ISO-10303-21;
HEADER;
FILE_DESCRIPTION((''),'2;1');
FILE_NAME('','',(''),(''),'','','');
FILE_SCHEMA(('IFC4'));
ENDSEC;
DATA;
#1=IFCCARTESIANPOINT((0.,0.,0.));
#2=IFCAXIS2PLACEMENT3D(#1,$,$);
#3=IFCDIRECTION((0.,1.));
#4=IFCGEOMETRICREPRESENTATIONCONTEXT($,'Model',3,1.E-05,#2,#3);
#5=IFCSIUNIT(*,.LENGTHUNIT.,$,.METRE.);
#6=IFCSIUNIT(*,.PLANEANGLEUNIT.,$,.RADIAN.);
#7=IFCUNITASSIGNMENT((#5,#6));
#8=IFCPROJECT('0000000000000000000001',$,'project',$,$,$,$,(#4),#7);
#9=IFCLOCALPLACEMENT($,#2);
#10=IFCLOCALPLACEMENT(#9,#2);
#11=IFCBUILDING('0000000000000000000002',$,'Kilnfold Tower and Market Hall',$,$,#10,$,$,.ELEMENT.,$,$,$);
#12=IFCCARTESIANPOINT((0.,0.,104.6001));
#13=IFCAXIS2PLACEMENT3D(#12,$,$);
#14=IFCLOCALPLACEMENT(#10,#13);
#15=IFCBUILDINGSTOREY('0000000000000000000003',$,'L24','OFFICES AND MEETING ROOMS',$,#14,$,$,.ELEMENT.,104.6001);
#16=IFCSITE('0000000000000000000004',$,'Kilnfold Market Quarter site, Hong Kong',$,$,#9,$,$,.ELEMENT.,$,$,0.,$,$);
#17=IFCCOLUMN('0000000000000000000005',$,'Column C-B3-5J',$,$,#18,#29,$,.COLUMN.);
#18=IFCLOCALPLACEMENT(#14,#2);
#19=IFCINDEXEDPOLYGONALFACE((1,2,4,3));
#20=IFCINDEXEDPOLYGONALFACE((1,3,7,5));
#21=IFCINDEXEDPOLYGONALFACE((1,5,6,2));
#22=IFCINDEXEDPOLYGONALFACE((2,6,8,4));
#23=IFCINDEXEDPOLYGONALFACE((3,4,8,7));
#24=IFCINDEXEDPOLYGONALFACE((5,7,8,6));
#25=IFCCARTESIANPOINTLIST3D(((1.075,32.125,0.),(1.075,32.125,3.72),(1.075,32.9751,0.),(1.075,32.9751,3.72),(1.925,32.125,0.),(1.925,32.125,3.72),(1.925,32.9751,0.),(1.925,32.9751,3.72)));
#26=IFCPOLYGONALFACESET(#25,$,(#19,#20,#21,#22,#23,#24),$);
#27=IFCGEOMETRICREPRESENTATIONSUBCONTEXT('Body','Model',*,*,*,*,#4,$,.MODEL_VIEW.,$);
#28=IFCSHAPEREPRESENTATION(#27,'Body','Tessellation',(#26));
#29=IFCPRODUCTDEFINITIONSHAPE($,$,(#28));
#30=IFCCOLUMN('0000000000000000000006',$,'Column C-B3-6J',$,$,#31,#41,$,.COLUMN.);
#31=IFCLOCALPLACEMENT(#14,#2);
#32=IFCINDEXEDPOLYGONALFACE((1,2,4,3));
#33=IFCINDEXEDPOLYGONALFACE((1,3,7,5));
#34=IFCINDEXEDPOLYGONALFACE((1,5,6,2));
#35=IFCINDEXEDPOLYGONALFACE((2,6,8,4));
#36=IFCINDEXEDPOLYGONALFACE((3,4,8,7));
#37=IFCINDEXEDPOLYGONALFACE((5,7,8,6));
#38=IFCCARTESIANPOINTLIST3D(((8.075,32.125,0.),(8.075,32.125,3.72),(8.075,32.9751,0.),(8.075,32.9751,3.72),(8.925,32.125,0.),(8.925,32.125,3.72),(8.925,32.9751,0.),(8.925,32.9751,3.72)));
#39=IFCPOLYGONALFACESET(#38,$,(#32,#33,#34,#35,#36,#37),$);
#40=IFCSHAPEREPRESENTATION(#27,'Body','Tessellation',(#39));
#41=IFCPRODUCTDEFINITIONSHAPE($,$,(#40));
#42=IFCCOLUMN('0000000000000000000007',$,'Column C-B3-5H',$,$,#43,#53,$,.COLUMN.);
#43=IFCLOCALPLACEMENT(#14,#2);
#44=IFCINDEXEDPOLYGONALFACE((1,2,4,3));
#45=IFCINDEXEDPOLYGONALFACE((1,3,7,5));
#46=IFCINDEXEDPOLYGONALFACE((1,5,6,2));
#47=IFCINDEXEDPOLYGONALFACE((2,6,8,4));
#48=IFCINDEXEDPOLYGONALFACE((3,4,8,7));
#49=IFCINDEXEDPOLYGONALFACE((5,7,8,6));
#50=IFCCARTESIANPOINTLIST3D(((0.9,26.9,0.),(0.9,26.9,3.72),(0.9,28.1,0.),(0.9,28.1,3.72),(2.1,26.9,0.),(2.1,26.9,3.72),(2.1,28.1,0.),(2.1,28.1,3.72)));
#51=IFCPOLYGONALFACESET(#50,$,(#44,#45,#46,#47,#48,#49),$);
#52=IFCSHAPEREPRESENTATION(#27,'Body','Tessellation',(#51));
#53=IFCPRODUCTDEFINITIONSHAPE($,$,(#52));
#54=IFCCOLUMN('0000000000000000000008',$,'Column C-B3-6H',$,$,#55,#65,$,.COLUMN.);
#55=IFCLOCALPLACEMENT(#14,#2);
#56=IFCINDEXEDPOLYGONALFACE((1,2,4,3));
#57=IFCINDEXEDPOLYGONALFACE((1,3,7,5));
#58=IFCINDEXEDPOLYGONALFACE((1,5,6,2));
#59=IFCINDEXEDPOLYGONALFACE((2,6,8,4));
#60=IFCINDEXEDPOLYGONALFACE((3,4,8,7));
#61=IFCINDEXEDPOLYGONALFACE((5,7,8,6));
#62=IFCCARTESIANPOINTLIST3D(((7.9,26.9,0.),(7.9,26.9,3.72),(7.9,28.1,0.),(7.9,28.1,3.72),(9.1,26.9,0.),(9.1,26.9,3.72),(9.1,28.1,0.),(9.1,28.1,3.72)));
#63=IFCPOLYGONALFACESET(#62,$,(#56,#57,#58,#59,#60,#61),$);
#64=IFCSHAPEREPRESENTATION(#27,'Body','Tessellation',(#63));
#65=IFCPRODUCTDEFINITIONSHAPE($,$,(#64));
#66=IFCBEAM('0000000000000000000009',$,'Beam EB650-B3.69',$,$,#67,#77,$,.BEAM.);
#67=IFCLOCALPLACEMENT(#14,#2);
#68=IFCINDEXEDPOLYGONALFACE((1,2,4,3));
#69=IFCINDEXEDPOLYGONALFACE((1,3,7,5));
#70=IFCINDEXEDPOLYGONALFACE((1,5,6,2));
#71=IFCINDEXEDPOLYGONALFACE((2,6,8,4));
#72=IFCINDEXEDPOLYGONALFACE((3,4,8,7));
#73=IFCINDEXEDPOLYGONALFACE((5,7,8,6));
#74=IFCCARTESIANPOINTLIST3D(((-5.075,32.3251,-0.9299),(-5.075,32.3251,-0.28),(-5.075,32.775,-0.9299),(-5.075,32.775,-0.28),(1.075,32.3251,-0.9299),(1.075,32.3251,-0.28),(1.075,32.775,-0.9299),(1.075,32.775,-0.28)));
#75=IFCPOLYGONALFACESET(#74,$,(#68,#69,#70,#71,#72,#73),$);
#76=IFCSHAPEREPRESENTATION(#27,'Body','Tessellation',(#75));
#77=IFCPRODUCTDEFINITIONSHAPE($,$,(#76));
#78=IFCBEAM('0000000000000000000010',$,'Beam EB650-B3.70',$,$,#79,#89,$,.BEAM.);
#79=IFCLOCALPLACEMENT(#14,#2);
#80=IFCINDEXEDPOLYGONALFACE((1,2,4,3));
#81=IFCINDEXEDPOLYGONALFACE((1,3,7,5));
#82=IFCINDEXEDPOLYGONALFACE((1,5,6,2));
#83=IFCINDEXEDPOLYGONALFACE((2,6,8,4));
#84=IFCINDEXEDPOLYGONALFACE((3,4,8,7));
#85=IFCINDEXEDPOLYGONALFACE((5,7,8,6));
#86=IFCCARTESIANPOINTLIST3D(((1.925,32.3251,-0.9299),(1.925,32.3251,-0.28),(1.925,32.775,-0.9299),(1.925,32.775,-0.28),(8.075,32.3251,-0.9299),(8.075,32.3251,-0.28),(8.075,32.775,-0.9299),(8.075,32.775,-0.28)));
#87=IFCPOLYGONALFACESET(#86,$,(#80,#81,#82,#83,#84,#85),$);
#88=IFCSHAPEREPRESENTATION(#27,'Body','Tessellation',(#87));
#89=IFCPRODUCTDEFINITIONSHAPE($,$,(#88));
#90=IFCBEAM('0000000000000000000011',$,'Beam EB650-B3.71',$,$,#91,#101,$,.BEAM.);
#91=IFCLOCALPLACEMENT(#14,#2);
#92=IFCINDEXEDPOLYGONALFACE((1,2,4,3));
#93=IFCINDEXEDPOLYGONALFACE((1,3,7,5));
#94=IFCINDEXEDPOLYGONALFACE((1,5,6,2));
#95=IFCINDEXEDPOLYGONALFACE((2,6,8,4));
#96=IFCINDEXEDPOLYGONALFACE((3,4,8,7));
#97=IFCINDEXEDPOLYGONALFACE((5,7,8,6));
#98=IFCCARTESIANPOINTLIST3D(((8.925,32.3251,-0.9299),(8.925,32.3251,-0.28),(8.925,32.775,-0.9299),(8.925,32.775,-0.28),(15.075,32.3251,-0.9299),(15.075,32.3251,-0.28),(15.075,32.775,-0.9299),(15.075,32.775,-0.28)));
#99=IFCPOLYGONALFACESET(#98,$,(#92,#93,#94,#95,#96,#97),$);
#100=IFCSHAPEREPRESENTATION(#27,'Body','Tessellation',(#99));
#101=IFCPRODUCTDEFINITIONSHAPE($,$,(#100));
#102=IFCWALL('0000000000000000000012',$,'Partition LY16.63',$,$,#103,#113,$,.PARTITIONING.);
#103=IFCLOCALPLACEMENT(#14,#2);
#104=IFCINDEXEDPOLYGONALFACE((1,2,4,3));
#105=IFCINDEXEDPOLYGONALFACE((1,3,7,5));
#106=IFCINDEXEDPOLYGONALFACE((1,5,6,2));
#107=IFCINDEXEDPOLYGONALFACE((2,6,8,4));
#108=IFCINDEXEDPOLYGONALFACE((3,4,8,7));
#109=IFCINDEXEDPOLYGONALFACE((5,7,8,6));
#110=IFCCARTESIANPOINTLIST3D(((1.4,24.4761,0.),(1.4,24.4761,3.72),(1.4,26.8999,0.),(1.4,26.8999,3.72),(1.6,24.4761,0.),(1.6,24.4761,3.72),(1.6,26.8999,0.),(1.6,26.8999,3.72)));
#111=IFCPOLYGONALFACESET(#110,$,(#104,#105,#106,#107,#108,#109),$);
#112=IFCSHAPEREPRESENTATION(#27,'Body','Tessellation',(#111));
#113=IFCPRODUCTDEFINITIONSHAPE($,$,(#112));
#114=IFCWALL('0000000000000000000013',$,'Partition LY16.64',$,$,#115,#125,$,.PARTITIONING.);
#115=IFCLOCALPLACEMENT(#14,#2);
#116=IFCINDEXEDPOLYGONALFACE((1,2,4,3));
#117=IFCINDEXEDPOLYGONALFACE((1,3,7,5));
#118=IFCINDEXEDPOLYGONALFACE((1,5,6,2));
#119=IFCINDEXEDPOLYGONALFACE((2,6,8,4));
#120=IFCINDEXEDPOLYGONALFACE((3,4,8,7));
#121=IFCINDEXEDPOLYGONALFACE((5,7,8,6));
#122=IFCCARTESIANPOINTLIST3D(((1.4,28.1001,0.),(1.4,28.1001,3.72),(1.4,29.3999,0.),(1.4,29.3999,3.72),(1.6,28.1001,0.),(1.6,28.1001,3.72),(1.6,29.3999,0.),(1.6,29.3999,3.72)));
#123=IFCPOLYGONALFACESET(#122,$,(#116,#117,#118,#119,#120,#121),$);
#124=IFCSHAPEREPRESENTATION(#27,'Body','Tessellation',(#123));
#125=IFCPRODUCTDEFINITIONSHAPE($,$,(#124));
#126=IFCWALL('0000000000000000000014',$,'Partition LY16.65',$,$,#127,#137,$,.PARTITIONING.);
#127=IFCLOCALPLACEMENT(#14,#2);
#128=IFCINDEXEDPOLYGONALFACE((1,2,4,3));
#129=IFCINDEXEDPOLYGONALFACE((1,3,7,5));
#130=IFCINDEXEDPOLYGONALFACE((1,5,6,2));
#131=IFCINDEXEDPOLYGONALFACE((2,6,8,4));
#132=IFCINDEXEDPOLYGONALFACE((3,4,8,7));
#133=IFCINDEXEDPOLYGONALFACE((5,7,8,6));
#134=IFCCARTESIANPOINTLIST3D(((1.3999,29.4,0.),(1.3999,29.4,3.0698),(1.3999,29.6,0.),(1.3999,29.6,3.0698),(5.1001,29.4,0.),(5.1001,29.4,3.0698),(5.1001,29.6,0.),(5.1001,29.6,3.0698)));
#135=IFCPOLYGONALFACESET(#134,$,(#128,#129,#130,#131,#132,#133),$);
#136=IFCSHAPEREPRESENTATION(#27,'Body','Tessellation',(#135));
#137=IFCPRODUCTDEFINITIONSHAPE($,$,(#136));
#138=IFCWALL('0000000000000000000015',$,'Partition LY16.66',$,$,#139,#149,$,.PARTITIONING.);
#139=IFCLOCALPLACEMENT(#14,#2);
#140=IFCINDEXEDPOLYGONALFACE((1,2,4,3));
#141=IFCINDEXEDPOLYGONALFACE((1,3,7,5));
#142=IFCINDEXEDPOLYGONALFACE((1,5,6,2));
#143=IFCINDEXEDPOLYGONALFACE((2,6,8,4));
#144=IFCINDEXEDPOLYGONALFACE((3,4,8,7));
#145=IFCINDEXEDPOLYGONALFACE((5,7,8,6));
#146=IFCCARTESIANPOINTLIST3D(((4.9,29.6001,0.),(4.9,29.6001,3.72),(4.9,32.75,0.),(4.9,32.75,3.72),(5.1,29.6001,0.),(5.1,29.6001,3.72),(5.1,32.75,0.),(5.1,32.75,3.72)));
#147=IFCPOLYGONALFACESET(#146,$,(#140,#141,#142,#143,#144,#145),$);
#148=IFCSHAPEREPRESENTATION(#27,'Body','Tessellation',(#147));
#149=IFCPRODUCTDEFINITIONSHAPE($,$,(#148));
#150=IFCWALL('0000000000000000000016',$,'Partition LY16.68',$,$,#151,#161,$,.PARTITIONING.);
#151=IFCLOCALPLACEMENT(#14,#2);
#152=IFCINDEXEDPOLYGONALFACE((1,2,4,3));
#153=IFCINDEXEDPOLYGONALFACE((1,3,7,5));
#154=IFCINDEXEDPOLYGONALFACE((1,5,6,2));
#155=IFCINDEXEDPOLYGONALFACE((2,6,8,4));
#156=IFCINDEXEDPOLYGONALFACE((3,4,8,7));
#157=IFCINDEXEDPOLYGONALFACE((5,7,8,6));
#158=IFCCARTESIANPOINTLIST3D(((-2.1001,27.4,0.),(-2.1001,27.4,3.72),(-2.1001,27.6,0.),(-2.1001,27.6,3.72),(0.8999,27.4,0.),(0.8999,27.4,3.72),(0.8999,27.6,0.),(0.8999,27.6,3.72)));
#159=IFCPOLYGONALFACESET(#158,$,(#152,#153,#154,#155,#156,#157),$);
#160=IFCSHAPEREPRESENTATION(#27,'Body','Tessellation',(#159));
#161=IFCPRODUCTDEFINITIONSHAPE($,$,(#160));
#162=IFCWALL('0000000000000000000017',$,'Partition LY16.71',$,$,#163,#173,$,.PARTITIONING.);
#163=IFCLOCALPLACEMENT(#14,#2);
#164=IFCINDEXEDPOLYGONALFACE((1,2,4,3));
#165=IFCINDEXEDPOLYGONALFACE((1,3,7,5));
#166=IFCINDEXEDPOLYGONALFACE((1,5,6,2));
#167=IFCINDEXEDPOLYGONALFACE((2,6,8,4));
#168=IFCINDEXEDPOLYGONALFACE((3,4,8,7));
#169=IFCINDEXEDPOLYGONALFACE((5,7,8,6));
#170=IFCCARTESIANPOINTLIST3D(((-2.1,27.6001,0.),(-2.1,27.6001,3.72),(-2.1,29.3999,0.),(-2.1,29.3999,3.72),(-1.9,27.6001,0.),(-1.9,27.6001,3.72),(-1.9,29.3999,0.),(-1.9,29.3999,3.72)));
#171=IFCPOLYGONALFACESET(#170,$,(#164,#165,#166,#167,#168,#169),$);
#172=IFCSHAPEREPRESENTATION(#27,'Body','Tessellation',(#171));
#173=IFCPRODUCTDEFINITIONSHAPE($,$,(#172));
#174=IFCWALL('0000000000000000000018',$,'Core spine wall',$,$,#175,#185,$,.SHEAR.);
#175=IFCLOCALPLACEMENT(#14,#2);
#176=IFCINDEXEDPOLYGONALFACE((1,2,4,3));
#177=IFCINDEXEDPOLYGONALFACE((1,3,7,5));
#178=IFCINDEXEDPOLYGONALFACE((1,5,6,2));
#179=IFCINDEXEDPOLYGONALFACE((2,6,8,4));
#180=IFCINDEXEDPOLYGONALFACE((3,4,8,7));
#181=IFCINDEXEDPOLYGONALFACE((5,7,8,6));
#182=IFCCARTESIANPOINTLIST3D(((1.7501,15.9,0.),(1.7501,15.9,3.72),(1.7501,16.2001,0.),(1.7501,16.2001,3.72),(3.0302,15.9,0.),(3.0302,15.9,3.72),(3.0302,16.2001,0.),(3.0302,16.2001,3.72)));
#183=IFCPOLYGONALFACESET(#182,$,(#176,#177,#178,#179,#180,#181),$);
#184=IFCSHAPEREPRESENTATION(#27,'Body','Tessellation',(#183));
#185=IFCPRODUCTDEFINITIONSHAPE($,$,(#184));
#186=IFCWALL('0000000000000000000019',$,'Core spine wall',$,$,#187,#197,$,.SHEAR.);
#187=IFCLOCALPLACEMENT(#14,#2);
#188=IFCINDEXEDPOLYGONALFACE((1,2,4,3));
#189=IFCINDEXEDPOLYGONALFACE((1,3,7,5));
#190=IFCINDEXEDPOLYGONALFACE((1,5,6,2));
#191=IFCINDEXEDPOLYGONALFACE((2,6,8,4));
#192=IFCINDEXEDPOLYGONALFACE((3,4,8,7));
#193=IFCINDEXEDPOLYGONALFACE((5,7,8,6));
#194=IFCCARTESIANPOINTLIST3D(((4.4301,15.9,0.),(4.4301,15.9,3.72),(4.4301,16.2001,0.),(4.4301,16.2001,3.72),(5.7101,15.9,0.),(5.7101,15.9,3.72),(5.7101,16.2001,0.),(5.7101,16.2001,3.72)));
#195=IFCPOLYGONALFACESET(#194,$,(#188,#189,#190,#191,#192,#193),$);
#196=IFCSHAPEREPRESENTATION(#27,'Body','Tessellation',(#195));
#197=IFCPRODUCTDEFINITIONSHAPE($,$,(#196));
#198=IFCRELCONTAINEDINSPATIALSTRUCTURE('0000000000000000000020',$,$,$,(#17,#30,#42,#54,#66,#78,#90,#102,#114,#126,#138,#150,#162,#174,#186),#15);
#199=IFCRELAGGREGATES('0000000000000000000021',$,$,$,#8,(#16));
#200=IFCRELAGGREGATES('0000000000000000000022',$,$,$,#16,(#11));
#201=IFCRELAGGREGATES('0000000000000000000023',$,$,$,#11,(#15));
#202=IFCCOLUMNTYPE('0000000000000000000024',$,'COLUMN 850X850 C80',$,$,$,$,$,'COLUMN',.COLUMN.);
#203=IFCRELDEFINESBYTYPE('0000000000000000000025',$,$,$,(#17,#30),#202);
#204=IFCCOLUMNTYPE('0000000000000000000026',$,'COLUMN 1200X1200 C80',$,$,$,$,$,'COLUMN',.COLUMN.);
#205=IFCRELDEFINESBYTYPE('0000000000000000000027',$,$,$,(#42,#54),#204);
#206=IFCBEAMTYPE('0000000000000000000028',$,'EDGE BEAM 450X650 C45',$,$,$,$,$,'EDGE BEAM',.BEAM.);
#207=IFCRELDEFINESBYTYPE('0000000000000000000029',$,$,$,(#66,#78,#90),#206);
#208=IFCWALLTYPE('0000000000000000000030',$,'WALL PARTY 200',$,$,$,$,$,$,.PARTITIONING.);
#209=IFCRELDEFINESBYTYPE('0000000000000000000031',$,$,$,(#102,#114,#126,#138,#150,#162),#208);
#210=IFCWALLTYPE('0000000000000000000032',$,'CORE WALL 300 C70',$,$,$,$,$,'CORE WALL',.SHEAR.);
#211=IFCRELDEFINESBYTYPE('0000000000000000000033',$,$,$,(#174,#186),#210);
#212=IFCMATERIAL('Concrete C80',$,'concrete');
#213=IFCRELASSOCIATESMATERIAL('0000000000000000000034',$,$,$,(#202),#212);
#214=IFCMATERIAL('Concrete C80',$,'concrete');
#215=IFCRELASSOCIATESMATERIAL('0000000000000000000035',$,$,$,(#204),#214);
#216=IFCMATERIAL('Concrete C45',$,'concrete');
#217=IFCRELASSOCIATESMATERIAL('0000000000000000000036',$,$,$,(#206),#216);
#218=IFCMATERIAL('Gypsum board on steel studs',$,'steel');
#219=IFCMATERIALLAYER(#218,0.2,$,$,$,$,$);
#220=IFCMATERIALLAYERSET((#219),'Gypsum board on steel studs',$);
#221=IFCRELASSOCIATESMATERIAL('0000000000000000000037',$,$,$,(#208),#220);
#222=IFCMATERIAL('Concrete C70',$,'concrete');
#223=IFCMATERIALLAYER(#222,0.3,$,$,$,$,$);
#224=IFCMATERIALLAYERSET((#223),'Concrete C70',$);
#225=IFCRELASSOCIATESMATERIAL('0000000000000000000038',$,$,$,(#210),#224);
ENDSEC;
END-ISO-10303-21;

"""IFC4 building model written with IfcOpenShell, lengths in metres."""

from ifc_helpers import new_model, si_unit, direction, frame, frame_2d, origin, origin_2d, place, context, subcontext, project, spatial, rectangle, extrude, source, transform, mapped, material, layer, layer_set, material_profile, profile_set, type_object, element, save


model = new_model("IFC4")

# Units and contexts
model_context = context("Model", 3, precision=1e-05, world=origin(), true_north=direction((0.0, 1.0)))
body_context = subcontext(model_context, "Body", "Model", "MODEL_VIEW")
ifc_project = project(units=[si_unit("LENGTHUNIT", "METRE"), si_unit("PLANEANGLEUNIT", "RADIAN")], contexts=[model_context])

# Site, building, storey
site_placement = place(None, origin())
site = spatial("IfcSite", under=ifc_project, at=site_placement, Name="Kilnfold Market Quarter site, Hong Kong", CompositionType="ELEMENT", RefElevation=0.0)
building_placement = place(site_placement, origin())
building = spatial("IfcBuilding", under=site, at=building_placement, Name="Kilnfold Tower and Market Hall", CompositionType="ELEMENT")
storey_placement = place(building_placement, frame((0.0, 0.0, 104.6001)))
storey = spatial("IfcBuildingStorey", under=building, at=storey_placement, Name="L24", Description="OFFICES AND MEETING ROOMS", CompositionType="ELEMENT", Elevation=104.6001)

# Columns
ifc_material_1 = material(Name="Concrete C80", Category="concrete")
ifc_material_profile_1 = material_profile(ifc_material_1, rectangle(XDim=0.8501, YDim=0.8501, at=origin_2d()), Name="RC 850x850")
ifc_profile_set_1 = profile_set([ifc_material_profile_1], Name="Concrete C80")
column_type_1 = type_object("IfcColumnType", Name="COLUMN 850X850 C80", ElementType="COLUMN", PredefinedType="COLUMN", material=ifc_profile_set_1)
shared_shape_1 = source(origin(), body_context, "Body", "SweptSolid", [
    extrude(rectangle(XDim=0.8501, YDim=0.8501, at=origin_2d()), origin(), (0.0, 0.0, 1.0), 3.72),
])
for number, where, z_axis, x_axis, name in (
    (1, (1.5, 32.55, 0.0), (0.0, 0.0, 1.0), (1.0, 0.0, 0.0), "Column C-B3-5J"),
    (2, (8.5, 32.55, 0.0), (0.0, 0.0, 1.0), (1.0, 0.0, 0.0), "Column C-B3-6J"),
):
    element("IfcColumn", number, at=place(storey_placement, frame(where, z_axis=z_axis, x_axis=x_axis)), inside=storey, type_object=column_type_1, Name=name, PredefinedType="COLUMN", context=body_context, shape_type="MappedRepresentation", body=[
        mapped(shared_shape_1, transform((0.0, 0.0, 0.0))),
    ])
ifc_material_2 = material(Name="Concrete C80", Category="concrete")
ifc_material_profile_2 = material_profile(ifc_material_2, rectangle(XDim=1.2, YDim=1.2, at=origin_2d()), Name="RC 1200x1200")
ifc_profile_set_2 = profile_set([ifc_material_profile_2], Name="Concrete C80")
column_type_2 = type_object("IfcColumnType", Name="COLUMN 1200X1200 C80", ElementType="COLUMN", PredefinedType="COLUMN", material=ifc_profile_set_2)
shared_shape_2 = source(origin(), body_context, "Body", "SweptSolid", [
    extrude(rectangle(XDim=1.2, YDim=1.2, at=origin_2d()), origin(), (0.0, 0.0, 1.0), 3.72),
])
for number, where, z_axis, x_axis, name in (
    (3, (1.5, 27.5, 0.0), (0.0, 0.0, 1.0), (1.0, 0.0, 0.0), "Column C-B3-5H"),
    (4, (8.5, 27.5, 0.0), (0.0, 0.0, 1.0), (1.0, 0.0, 0.0), "Column C-B3-6H"),
):
    element("IfcColumn", number, at=place(storey_placement, frame(where, z_axis=z_axis, x_axis=x_axis)), inside=storey, type_object=column_type_2, Name=name, PredefinedType="COLUMN", context=body_context, shape_type="MappedRepresentation", body=[
        mapped(shared_shape_2, transform((0.0, 0.0, 0.0))),
    ])

# Beams
ifc_material_3 = material(Name="Concrete C45", Category="concrete")
ifc_material_profile_3 = material_profile(ifc_material_3, rectangle(XDim=0.45, YDim=0.6499, at=origin_2d()), Name="RC 450x650")
ifc_profile_set_3 = profile_set([ifc_material_profile_3], Name="Concrete C45")
beam_type = type_object("IfcBeamType", Name="EDGE BEAM 450X650 C45", ElementType="EDGE BEAM", PredefinedType="BEAM", material=ifc_profile_set_3)
shared_shape_3 = source(origin(), body_context, "Body", "SweptSolid", [
    extrude(rectangle(XDim=0.45, YDim=0.6499, at=origin_2d()), origin(), (0.0, 0.0, 1.0), 6.1499),
])
for number, where, z_axis, x_axis, name in (
    (5, (-5.075, 32.55, -0.605), (1.0, 0.0, 0.0), (0.0, 1.0, 0.0), "Beam EB650-B3.69"),
    (6, (1.925, 32.55, -0.605), (1.0, 0.0, 0.0), (0.0, 1.0, 0.0), "Beam EB650-B3.70"),
    (7, (8.925, 32.55, -0.605), (1.0, 0.0, 0.0), (0.0, 1.0, 0.0), "Beam EB650-B3.71"),
):
    element("IfcBeam", number, at=place(storey_placement, frame(where, z_axis=z_axis, x_axis=x_axis)), inside=storey, type_object=beam_type, Name=name, PredefinedType="BEAM", context=body_context, shape_type="MappedRepresentation", body=[
        mapped(shared_shape_3, transform((0.0, 0.0, 0.0))),
    ])

# Walls
ifc_material_4 = material(Name="Gypsum board on steel studs", Category="steel")
ifc_layer_1 = layer(ifc_material_4, 0.2)
ifc_layer_set_1 = layer_set([ifc_layer_1], Name="Gypsum board on steel studs")
wall_type_1 = type_object("IfcWallType", Name="WALL PARTY 200", PredefinedType="PARTITIONING", material=ifc_layer_set_1)
wall_1_placement = place(storey_placement, frame((1.5, 24.4761, 0.0), z_axis=(0.0, 0.0, 1.0), x_axis=(0.0, 1.0, 0.0)))
element("IfcWall", 8, at=wall_1_placement, inside=storey, type_object=wall_type_1, Name="Partition LY16.63", PredefinedType="PARTITIONING", context=body_context, shape_type="SweptSolid", body=[
    extrude(rectangle(XDim=2.4238, YDim=0.2, at=frame_2d((1.2119, 0.0))), origin(), (0.0, 0.0, 1.0), 3.72),
])
wall_2_placement = place(storey_placement, frame((1.5, 28.1001, 0.0), z_axis=(0.0, 0.0, 1.0), x_axis=(0.0, 1.0, 0.0)))
element("IfcWall", 9, at=wall_2_placement, inside=storey, type_object=wall_type_1, Name="Partition LY16.64", PredefinedType="PARTITIONING", context=body_context, shape_type="SweptSolid", body=[
    extrude(rectangle(XDim=1.2998, YDim=0.2, at=frame_2d((0.6499, 0.0))), origin(), (0.0, 0.0, 1.0), 3.72),
])
wall_3_placement = place(storey_placement, frame((1.3999, 29.5, 0.0), z_axis=(0.0, 0.0, 1.0), x_axis=(1.0, 0.0, 0.0)))
element("IfcWall", 10, at=wall_3_placement, inside=storey, type_object=wall_type_1, Name="Partition LY16.65", PredefinedType="PARTITIONING", context=body_context, shape_type="SweptSolid", body=[
    extrude(rectangle(XDim=3.7002, YDim=0.2, at=frame_2d((1.8501, 0.0))), origin(), (0.0, 0.0, 1.0), 3.0698),
])
wall_4_placement = place(storey_placement, frame((5.0, 29.6001, 0.0), z_axis=(0.0, 0.0, 1.0), x_axis=(0.0, 1.0, 0.0)))
element("IfcWall", 11, at=wall_4_placement, inside=storey, type_object=wall_type_1, Name="Partition LY16.66", PredefinedType="PARTITIONING", context=body_context, shape_type="SweptSolid", body=[
    extrude(rectangle(XDim=3.1499, YDim=0.2, at=frame_2d((1.575, 0.0))), origin(), (0.0, 0.0, 1.0), 3.72),
])
wall_5_placement = place(storey_placement, frame((-2.1001, 27.5, 0.0), z_axis=(0.0, 0.0, 1.0), x_axis=(1.0, 0.0, 0.0)))
element("IfcWall", 12, at=wall_5_placement, inside=storey, type_object=wall_type_1, Name="Partition LY16.68", PredefinedType="PARTITIONING", context=body_context, shape_type="SweptSolid", body=[
    extrude(rectangle(XDim=3.0, YDim=0.2, at=frame_2d((1.5, 0.0))), origin(), (0.0, 0.0, 1.0), 3.72),
])
wall_6_placement = place(storey_placement, frame((-2.0, 27.6001, 0.0), z_axis=(0.0, 0.0, 1.0), x_axis=(0.0, 1.0, 0.0)))
element("IfcWall", 13, at=wall_6_placement, inside=storey, type_object=wall_type_1, Name="Partition LY16.71", PredefinedType="PARTITIONING", context=body_context, shape_type="SweptSolid", body=[
    extrude(rectangle(XDim=1.7998, YDim=0.2, at=frame_2d((0.8999, 0.0))), origin(), (0.0, 0.0, 1.0), 3.72),
])
ifc_material_5 = material(Name="Concrete C70", Category="concrete")
ifc_layer_2 = layer(ifc_material_5, 0.3)
ifc_layer_set_2 = layer_set([ifc_layer_2], Name="Concrete C70")
wall_type_2 = type_object("IfcWallType", Name="CORE WALL 300 C70", ElementType="CORE WALL", PredefinedType="SHEAR", material=ifc_layer_set_2)
shared_shape_4 = source(origin(), body_context, "Body", "SweptSolid", [
    extrude(rectangle(XDim=1.28, YDim=0.3, at=frame_2d((0.6401, 0.0))), origin(), (0.0, 0.0, 1.0), 3.72),
])
for number, where, z_axis, x_axis, name in (
    (14, (1.75, 16.05, 0.0), (0.0, 0.0, 1.0), (1.0, 0.0, 0.0), "Core spine wall"),
    (15, (4.4299, 16.05, 0.0), (0.0, 0.0, 1.0), (1.0, 0.0, 0.0), "Core spine wall"),
):
    element("IfcWall", number, at=place(storey_placement, frame(where, z_axis=z_axis, x_axis=x_axis)), inside=storey, type_object=wall_type_2, Name=name, PredefinedType="SHEAR", context=body_context, shape_type="MappedRepresentation", body=[
        mapped(shared_shape_4, transform((0.0, 0.0, 0.0))),
    ])

save(model, "model.ifc")
